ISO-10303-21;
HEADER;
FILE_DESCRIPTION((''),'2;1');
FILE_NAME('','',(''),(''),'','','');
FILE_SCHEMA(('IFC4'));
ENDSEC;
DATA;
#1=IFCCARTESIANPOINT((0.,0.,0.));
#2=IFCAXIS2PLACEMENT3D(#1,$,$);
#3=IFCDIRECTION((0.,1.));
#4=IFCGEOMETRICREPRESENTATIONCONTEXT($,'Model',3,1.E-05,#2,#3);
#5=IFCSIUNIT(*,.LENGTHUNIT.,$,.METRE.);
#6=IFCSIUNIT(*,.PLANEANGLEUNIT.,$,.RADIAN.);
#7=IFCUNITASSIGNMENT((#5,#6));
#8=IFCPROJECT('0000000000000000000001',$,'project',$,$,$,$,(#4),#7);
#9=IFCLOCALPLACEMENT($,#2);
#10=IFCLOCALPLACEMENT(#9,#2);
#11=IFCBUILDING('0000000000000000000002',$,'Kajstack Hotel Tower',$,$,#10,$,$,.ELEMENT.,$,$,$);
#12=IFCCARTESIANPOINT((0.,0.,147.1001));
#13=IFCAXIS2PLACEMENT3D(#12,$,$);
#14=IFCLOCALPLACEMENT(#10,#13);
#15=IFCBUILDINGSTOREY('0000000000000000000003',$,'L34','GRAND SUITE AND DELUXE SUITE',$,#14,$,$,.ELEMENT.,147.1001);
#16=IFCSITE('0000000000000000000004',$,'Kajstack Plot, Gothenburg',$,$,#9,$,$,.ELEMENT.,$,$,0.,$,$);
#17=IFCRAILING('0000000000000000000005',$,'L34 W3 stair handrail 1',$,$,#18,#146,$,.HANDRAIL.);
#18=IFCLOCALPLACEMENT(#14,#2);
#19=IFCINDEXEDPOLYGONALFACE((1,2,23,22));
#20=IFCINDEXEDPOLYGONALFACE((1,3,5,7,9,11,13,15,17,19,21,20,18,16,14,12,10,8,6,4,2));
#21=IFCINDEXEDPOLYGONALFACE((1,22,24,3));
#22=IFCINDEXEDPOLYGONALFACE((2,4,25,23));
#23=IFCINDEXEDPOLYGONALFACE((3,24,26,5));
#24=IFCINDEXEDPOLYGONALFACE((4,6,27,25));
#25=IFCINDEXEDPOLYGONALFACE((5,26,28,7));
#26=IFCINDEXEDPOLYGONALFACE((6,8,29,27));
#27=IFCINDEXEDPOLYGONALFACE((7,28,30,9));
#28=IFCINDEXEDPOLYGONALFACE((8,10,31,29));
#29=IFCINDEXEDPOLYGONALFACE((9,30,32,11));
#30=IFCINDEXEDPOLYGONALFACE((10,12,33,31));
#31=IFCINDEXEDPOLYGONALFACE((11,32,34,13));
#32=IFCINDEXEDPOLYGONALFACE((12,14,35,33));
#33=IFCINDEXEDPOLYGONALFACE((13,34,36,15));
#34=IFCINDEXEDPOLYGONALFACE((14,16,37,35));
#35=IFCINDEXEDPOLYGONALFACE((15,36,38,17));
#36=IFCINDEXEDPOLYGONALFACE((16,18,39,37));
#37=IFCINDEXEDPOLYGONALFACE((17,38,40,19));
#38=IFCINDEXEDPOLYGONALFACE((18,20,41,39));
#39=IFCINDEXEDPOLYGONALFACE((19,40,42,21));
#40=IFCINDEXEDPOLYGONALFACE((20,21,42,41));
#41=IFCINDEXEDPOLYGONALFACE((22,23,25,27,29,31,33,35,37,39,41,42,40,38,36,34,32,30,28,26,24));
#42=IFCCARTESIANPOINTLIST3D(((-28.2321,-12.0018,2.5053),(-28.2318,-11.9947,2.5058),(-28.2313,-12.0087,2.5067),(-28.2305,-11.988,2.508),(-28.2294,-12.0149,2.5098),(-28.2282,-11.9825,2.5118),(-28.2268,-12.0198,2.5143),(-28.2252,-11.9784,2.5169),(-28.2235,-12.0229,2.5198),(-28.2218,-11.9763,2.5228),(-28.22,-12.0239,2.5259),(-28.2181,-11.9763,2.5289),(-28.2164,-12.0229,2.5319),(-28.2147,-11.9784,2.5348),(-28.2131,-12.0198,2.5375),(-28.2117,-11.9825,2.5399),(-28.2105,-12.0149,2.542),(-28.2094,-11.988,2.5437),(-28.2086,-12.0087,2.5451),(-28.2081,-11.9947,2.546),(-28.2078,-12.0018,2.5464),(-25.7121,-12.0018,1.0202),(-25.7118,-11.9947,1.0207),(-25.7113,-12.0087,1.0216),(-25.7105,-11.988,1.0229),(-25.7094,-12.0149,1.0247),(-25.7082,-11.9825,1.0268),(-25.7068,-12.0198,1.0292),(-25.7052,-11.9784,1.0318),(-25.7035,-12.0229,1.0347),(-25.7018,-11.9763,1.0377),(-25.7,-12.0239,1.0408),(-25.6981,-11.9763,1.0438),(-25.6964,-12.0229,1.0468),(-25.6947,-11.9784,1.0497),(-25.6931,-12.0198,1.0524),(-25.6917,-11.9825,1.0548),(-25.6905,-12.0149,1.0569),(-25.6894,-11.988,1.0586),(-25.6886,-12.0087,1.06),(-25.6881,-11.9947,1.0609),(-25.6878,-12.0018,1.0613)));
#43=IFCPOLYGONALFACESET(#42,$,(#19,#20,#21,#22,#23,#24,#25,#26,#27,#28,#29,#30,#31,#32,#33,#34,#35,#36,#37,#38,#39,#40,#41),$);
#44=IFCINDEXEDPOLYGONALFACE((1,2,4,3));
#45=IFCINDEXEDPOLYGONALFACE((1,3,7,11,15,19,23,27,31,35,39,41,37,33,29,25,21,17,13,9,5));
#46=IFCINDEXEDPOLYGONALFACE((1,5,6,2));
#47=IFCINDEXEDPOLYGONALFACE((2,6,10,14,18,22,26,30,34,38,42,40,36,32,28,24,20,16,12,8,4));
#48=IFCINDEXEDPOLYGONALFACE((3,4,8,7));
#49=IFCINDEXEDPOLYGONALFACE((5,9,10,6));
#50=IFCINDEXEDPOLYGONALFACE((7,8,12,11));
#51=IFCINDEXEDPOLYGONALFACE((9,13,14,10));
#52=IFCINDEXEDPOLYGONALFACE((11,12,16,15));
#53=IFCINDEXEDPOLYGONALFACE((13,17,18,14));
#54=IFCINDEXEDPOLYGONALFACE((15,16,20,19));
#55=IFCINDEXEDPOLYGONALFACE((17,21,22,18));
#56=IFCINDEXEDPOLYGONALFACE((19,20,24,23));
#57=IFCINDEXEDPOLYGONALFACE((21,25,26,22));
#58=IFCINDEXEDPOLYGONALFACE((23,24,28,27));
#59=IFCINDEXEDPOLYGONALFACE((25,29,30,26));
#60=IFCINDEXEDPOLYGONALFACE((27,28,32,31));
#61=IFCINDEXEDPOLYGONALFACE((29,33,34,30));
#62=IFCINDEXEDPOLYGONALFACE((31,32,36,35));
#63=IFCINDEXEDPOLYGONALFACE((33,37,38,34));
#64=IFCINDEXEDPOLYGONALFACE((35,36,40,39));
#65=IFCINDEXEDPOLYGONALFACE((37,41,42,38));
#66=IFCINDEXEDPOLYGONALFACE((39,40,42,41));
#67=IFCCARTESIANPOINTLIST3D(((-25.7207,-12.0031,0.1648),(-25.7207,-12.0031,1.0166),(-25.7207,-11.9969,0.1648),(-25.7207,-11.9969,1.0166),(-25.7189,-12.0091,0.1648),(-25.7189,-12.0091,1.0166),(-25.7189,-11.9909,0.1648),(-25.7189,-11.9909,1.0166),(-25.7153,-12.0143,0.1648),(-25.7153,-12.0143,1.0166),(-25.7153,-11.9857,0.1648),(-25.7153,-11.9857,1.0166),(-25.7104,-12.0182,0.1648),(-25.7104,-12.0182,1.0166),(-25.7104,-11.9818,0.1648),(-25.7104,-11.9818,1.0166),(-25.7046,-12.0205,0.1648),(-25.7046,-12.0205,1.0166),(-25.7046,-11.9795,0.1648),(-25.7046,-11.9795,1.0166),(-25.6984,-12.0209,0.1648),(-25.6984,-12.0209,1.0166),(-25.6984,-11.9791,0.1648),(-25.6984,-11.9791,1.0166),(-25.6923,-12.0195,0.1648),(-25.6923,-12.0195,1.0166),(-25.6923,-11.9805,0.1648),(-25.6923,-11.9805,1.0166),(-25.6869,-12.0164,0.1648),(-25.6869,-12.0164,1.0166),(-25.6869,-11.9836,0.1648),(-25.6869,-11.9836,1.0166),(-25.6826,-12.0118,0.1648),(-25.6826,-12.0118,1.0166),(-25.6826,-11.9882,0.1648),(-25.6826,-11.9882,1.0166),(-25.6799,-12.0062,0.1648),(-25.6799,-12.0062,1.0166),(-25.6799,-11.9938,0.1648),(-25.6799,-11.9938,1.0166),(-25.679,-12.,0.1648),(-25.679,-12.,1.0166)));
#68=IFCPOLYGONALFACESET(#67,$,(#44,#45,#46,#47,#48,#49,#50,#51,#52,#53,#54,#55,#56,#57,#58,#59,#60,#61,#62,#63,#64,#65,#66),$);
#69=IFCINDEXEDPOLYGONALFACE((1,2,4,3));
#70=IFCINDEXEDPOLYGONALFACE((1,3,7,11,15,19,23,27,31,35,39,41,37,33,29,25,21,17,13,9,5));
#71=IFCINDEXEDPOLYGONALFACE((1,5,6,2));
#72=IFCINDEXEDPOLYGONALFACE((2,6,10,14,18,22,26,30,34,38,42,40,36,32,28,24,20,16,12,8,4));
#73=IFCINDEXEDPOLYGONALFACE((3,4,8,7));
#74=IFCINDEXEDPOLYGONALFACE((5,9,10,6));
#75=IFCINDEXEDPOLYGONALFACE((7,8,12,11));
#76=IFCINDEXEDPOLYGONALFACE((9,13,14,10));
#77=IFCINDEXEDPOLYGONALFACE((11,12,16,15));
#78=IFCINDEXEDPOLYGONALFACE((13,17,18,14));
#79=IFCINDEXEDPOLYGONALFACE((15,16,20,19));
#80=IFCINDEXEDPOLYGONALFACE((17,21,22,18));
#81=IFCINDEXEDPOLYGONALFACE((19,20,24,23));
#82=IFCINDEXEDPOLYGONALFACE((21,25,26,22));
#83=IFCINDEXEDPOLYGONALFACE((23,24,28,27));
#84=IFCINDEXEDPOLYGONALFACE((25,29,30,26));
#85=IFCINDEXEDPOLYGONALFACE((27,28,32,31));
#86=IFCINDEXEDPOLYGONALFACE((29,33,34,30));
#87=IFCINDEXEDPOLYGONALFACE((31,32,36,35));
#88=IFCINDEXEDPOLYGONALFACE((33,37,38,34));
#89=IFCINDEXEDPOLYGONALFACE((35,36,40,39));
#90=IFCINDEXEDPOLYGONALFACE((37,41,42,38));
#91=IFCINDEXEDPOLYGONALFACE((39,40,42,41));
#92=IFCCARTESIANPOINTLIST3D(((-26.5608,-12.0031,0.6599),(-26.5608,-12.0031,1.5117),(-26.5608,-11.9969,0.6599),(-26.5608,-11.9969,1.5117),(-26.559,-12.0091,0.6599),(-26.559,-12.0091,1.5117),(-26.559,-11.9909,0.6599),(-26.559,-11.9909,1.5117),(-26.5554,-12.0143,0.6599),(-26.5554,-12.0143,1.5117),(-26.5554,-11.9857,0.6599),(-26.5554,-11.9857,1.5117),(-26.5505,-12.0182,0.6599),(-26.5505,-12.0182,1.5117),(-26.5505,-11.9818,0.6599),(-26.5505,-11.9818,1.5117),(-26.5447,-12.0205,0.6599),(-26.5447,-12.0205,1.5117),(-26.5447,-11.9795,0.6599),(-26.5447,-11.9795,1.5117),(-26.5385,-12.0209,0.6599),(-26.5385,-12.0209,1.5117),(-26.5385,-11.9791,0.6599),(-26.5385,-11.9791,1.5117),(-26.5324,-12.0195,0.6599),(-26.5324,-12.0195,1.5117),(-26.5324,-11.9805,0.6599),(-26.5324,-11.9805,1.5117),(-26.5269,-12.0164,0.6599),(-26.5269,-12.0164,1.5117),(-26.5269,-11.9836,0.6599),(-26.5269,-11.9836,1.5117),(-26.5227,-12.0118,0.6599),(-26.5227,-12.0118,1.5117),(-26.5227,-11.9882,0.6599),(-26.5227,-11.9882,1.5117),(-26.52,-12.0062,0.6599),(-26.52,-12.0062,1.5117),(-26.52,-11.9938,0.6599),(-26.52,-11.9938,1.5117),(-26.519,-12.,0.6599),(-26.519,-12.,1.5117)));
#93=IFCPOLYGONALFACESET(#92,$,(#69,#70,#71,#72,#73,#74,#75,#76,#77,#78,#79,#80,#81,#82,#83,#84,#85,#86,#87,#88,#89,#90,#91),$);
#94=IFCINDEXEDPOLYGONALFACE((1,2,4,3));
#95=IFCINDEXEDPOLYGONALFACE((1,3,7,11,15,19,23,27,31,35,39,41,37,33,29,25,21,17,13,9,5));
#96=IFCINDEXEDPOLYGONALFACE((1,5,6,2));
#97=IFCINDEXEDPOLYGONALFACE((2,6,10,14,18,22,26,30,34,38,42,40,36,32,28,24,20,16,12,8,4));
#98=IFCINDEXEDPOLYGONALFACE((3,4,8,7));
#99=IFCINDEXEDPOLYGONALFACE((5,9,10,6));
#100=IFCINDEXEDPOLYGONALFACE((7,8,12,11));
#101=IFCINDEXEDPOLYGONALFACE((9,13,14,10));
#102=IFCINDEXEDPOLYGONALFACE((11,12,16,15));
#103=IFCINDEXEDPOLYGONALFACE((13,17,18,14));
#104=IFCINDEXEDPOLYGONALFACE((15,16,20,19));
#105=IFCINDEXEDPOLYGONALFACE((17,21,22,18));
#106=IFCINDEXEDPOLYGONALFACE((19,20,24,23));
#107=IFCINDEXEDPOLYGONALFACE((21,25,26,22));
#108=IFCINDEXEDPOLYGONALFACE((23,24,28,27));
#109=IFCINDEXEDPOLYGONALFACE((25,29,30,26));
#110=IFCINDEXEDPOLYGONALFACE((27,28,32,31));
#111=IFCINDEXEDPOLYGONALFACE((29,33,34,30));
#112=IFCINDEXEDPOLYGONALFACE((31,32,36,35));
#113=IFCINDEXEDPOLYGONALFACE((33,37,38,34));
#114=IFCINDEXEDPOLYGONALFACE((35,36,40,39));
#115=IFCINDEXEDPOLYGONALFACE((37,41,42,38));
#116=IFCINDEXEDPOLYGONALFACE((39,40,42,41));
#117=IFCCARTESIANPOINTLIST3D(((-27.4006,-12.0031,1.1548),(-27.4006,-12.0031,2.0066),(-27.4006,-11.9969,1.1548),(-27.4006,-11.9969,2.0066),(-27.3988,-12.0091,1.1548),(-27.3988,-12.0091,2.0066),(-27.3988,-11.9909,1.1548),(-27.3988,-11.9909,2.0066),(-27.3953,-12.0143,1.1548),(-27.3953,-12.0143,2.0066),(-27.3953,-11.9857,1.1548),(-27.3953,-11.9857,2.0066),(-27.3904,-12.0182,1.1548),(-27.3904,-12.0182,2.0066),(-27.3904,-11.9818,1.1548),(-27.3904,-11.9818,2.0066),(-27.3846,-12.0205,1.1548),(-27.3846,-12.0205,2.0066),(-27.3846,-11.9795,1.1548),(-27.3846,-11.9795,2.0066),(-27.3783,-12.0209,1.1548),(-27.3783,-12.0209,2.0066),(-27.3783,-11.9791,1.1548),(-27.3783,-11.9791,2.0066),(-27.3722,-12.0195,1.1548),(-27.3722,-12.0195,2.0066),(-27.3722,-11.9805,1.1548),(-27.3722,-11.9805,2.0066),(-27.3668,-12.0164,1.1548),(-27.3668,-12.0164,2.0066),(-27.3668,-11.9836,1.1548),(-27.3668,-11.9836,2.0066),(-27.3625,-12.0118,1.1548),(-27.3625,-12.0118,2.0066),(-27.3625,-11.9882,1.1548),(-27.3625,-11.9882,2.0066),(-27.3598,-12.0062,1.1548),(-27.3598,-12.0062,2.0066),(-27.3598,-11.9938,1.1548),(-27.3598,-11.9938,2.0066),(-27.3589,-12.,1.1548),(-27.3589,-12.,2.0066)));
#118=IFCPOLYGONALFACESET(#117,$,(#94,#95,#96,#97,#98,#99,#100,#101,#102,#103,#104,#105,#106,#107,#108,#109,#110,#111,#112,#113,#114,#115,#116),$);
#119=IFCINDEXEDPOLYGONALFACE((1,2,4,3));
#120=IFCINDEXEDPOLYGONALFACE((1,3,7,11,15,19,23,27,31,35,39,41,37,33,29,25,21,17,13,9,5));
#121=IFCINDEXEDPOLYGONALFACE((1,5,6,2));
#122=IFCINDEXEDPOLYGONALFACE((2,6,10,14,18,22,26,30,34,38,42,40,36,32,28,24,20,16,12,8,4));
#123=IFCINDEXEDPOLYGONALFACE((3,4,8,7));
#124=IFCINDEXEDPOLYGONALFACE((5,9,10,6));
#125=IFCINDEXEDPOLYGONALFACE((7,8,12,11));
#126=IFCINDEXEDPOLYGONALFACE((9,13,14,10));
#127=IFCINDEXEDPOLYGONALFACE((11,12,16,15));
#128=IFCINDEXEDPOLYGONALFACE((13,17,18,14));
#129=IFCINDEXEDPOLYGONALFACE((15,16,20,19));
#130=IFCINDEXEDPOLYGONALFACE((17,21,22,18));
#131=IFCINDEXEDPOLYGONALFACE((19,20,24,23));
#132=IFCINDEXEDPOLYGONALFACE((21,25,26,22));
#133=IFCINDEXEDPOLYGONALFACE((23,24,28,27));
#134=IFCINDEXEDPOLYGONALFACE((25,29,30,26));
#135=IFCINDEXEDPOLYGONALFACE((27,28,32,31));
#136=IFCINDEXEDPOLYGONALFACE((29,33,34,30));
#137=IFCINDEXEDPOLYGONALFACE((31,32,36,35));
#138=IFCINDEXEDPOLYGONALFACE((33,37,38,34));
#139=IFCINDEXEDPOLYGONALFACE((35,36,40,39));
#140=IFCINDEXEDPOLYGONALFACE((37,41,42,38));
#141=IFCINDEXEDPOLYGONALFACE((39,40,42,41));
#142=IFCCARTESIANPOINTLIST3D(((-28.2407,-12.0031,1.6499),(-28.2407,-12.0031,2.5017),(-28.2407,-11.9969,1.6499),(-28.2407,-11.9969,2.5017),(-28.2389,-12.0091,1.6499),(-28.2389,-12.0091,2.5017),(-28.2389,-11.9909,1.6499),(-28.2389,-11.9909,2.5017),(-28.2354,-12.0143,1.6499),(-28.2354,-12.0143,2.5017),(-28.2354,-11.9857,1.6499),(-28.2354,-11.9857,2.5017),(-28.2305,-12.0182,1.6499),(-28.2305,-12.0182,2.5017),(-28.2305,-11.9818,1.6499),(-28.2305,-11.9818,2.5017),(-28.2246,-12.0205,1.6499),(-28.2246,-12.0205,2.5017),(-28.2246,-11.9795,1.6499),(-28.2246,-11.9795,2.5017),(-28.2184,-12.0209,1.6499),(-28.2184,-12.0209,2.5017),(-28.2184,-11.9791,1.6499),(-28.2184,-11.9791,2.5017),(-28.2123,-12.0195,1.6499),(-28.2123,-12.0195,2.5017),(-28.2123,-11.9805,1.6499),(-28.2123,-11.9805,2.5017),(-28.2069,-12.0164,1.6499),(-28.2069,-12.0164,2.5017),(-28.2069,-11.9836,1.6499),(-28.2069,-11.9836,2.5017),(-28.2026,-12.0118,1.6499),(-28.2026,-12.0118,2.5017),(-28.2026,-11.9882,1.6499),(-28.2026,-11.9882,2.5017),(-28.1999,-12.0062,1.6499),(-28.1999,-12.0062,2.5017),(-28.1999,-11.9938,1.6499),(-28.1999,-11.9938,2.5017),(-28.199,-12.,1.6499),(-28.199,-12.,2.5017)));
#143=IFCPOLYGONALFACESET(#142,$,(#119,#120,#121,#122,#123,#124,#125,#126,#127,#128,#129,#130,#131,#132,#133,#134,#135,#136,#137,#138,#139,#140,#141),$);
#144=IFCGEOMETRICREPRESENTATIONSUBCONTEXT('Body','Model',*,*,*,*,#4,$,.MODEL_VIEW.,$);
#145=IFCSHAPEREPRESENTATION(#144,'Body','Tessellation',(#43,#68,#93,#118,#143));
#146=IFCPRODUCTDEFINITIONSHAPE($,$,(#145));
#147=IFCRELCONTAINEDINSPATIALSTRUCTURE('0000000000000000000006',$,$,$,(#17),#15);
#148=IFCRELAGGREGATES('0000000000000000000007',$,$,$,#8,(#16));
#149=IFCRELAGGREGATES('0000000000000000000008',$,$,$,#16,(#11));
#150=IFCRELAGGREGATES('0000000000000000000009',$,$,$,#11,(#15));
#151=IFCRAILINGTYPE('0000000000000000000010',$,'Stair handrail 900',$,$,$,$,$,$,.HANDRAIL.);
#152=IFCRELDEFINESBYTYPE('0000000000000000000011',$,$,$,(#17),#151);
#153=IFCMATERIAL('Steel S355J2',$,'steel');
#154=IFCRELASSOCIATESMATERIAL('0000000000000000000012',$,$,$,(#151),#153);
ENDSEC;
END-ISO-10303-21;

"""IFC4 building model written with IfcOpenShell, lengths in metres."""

from ifc_helpers import new_model, si_unit, direction, frame, origin, origin_2d, place, context, subcontext, project, spatial, circle, extrude, material, type_object, element, save


model = new_model("IFC4")

# Units and contexts
model_context = context("Model", 3, precision=1e-05, world=origin(), true_north=direction((0.0, 1.0)))
body_context = subcontext(model_context, "Body", "Model", "MODEL_VIEW")
ifc_project = project(units=[si_unit("LENGTHUNIT", "METRE"), si_unit("PLANEANGLEUNIT", "RADIAN")], contexts=[model_context])

# Site, building, storey
site_placement = place(None, origin())
site = spatial("IfcSite", under=ifc_project, at=site_placement, Name="Kajstack Plot, Gothenburg", CompositionType="ELEMENT", RefElevation=0.0)
building_placement = place(site_placement, origin())
building = spatial("IfcBuilding", under=site, at=building_placement, Name="Kajstack Hotel Tower", CompositionType="ELEMENT")
storey_placement = place(building_placement, frame((0.0, 0.0, 147.1001)))
storey = spatial("IfcBuildingStorey", under=building, at=storey_placement, Name="L34", Description="GRAND SUITE AND DELUXE SUITE", CompositionType="ELEMENT", Elevation=147.1001)

# Railing
ifc_material_1 = material(Name="Steel S355J2", Category="steel")
railing_type_1 = type_object("IfcRailingType", Name="Stair handrail 900", PredefinedType="HANDRAIL", material=ifc_material_1)
railing_1_placement = place(storey_placement, frame((-25.7, -12.0, 0.1648)))
element("IfcRailing", 1, at=railing_1_placement, inside=storey, type_object=railing_type_1, Name="L34 W3 stair handrail 1", PredefinedType="HANDRAIL", context=body_context, shape_type="SweptSolid", body=[
    extrude(circle(Radius=0.0239, at=origin_2d()), frame((0.0, 0.0, 0.876), z_axis=(-0.861524, 0.0, 0.507717), x_axis=(0.0, -1.0, 0.0)), (0.0, 0.0, 1.0), 2.925),
    extrude(circle(Radius=0.021, at=origin_2d()), origin(), (0.0, 0.0, 1.0), 0.8518),
    extrude(circle(Radius=0.021, at=origin_2d()), frame((-0.8401, 0.0, 0.4951)), (0.0, 0.0, 1.0), 0.8518),
    extrude(circle(Radius=0.021, at=origin_2d()), frame((-1.6799, 0.0, 0.99)), (0.0, 0.0, 1.0), 0.8518),
    extrude(circle(Radius=0.021, at=origin_2d()), frame((-2.52, 0.0, 1.4851)), (0.0, 0.0, 1.0), 0.8518),
])

save(model, "model.ifc")
